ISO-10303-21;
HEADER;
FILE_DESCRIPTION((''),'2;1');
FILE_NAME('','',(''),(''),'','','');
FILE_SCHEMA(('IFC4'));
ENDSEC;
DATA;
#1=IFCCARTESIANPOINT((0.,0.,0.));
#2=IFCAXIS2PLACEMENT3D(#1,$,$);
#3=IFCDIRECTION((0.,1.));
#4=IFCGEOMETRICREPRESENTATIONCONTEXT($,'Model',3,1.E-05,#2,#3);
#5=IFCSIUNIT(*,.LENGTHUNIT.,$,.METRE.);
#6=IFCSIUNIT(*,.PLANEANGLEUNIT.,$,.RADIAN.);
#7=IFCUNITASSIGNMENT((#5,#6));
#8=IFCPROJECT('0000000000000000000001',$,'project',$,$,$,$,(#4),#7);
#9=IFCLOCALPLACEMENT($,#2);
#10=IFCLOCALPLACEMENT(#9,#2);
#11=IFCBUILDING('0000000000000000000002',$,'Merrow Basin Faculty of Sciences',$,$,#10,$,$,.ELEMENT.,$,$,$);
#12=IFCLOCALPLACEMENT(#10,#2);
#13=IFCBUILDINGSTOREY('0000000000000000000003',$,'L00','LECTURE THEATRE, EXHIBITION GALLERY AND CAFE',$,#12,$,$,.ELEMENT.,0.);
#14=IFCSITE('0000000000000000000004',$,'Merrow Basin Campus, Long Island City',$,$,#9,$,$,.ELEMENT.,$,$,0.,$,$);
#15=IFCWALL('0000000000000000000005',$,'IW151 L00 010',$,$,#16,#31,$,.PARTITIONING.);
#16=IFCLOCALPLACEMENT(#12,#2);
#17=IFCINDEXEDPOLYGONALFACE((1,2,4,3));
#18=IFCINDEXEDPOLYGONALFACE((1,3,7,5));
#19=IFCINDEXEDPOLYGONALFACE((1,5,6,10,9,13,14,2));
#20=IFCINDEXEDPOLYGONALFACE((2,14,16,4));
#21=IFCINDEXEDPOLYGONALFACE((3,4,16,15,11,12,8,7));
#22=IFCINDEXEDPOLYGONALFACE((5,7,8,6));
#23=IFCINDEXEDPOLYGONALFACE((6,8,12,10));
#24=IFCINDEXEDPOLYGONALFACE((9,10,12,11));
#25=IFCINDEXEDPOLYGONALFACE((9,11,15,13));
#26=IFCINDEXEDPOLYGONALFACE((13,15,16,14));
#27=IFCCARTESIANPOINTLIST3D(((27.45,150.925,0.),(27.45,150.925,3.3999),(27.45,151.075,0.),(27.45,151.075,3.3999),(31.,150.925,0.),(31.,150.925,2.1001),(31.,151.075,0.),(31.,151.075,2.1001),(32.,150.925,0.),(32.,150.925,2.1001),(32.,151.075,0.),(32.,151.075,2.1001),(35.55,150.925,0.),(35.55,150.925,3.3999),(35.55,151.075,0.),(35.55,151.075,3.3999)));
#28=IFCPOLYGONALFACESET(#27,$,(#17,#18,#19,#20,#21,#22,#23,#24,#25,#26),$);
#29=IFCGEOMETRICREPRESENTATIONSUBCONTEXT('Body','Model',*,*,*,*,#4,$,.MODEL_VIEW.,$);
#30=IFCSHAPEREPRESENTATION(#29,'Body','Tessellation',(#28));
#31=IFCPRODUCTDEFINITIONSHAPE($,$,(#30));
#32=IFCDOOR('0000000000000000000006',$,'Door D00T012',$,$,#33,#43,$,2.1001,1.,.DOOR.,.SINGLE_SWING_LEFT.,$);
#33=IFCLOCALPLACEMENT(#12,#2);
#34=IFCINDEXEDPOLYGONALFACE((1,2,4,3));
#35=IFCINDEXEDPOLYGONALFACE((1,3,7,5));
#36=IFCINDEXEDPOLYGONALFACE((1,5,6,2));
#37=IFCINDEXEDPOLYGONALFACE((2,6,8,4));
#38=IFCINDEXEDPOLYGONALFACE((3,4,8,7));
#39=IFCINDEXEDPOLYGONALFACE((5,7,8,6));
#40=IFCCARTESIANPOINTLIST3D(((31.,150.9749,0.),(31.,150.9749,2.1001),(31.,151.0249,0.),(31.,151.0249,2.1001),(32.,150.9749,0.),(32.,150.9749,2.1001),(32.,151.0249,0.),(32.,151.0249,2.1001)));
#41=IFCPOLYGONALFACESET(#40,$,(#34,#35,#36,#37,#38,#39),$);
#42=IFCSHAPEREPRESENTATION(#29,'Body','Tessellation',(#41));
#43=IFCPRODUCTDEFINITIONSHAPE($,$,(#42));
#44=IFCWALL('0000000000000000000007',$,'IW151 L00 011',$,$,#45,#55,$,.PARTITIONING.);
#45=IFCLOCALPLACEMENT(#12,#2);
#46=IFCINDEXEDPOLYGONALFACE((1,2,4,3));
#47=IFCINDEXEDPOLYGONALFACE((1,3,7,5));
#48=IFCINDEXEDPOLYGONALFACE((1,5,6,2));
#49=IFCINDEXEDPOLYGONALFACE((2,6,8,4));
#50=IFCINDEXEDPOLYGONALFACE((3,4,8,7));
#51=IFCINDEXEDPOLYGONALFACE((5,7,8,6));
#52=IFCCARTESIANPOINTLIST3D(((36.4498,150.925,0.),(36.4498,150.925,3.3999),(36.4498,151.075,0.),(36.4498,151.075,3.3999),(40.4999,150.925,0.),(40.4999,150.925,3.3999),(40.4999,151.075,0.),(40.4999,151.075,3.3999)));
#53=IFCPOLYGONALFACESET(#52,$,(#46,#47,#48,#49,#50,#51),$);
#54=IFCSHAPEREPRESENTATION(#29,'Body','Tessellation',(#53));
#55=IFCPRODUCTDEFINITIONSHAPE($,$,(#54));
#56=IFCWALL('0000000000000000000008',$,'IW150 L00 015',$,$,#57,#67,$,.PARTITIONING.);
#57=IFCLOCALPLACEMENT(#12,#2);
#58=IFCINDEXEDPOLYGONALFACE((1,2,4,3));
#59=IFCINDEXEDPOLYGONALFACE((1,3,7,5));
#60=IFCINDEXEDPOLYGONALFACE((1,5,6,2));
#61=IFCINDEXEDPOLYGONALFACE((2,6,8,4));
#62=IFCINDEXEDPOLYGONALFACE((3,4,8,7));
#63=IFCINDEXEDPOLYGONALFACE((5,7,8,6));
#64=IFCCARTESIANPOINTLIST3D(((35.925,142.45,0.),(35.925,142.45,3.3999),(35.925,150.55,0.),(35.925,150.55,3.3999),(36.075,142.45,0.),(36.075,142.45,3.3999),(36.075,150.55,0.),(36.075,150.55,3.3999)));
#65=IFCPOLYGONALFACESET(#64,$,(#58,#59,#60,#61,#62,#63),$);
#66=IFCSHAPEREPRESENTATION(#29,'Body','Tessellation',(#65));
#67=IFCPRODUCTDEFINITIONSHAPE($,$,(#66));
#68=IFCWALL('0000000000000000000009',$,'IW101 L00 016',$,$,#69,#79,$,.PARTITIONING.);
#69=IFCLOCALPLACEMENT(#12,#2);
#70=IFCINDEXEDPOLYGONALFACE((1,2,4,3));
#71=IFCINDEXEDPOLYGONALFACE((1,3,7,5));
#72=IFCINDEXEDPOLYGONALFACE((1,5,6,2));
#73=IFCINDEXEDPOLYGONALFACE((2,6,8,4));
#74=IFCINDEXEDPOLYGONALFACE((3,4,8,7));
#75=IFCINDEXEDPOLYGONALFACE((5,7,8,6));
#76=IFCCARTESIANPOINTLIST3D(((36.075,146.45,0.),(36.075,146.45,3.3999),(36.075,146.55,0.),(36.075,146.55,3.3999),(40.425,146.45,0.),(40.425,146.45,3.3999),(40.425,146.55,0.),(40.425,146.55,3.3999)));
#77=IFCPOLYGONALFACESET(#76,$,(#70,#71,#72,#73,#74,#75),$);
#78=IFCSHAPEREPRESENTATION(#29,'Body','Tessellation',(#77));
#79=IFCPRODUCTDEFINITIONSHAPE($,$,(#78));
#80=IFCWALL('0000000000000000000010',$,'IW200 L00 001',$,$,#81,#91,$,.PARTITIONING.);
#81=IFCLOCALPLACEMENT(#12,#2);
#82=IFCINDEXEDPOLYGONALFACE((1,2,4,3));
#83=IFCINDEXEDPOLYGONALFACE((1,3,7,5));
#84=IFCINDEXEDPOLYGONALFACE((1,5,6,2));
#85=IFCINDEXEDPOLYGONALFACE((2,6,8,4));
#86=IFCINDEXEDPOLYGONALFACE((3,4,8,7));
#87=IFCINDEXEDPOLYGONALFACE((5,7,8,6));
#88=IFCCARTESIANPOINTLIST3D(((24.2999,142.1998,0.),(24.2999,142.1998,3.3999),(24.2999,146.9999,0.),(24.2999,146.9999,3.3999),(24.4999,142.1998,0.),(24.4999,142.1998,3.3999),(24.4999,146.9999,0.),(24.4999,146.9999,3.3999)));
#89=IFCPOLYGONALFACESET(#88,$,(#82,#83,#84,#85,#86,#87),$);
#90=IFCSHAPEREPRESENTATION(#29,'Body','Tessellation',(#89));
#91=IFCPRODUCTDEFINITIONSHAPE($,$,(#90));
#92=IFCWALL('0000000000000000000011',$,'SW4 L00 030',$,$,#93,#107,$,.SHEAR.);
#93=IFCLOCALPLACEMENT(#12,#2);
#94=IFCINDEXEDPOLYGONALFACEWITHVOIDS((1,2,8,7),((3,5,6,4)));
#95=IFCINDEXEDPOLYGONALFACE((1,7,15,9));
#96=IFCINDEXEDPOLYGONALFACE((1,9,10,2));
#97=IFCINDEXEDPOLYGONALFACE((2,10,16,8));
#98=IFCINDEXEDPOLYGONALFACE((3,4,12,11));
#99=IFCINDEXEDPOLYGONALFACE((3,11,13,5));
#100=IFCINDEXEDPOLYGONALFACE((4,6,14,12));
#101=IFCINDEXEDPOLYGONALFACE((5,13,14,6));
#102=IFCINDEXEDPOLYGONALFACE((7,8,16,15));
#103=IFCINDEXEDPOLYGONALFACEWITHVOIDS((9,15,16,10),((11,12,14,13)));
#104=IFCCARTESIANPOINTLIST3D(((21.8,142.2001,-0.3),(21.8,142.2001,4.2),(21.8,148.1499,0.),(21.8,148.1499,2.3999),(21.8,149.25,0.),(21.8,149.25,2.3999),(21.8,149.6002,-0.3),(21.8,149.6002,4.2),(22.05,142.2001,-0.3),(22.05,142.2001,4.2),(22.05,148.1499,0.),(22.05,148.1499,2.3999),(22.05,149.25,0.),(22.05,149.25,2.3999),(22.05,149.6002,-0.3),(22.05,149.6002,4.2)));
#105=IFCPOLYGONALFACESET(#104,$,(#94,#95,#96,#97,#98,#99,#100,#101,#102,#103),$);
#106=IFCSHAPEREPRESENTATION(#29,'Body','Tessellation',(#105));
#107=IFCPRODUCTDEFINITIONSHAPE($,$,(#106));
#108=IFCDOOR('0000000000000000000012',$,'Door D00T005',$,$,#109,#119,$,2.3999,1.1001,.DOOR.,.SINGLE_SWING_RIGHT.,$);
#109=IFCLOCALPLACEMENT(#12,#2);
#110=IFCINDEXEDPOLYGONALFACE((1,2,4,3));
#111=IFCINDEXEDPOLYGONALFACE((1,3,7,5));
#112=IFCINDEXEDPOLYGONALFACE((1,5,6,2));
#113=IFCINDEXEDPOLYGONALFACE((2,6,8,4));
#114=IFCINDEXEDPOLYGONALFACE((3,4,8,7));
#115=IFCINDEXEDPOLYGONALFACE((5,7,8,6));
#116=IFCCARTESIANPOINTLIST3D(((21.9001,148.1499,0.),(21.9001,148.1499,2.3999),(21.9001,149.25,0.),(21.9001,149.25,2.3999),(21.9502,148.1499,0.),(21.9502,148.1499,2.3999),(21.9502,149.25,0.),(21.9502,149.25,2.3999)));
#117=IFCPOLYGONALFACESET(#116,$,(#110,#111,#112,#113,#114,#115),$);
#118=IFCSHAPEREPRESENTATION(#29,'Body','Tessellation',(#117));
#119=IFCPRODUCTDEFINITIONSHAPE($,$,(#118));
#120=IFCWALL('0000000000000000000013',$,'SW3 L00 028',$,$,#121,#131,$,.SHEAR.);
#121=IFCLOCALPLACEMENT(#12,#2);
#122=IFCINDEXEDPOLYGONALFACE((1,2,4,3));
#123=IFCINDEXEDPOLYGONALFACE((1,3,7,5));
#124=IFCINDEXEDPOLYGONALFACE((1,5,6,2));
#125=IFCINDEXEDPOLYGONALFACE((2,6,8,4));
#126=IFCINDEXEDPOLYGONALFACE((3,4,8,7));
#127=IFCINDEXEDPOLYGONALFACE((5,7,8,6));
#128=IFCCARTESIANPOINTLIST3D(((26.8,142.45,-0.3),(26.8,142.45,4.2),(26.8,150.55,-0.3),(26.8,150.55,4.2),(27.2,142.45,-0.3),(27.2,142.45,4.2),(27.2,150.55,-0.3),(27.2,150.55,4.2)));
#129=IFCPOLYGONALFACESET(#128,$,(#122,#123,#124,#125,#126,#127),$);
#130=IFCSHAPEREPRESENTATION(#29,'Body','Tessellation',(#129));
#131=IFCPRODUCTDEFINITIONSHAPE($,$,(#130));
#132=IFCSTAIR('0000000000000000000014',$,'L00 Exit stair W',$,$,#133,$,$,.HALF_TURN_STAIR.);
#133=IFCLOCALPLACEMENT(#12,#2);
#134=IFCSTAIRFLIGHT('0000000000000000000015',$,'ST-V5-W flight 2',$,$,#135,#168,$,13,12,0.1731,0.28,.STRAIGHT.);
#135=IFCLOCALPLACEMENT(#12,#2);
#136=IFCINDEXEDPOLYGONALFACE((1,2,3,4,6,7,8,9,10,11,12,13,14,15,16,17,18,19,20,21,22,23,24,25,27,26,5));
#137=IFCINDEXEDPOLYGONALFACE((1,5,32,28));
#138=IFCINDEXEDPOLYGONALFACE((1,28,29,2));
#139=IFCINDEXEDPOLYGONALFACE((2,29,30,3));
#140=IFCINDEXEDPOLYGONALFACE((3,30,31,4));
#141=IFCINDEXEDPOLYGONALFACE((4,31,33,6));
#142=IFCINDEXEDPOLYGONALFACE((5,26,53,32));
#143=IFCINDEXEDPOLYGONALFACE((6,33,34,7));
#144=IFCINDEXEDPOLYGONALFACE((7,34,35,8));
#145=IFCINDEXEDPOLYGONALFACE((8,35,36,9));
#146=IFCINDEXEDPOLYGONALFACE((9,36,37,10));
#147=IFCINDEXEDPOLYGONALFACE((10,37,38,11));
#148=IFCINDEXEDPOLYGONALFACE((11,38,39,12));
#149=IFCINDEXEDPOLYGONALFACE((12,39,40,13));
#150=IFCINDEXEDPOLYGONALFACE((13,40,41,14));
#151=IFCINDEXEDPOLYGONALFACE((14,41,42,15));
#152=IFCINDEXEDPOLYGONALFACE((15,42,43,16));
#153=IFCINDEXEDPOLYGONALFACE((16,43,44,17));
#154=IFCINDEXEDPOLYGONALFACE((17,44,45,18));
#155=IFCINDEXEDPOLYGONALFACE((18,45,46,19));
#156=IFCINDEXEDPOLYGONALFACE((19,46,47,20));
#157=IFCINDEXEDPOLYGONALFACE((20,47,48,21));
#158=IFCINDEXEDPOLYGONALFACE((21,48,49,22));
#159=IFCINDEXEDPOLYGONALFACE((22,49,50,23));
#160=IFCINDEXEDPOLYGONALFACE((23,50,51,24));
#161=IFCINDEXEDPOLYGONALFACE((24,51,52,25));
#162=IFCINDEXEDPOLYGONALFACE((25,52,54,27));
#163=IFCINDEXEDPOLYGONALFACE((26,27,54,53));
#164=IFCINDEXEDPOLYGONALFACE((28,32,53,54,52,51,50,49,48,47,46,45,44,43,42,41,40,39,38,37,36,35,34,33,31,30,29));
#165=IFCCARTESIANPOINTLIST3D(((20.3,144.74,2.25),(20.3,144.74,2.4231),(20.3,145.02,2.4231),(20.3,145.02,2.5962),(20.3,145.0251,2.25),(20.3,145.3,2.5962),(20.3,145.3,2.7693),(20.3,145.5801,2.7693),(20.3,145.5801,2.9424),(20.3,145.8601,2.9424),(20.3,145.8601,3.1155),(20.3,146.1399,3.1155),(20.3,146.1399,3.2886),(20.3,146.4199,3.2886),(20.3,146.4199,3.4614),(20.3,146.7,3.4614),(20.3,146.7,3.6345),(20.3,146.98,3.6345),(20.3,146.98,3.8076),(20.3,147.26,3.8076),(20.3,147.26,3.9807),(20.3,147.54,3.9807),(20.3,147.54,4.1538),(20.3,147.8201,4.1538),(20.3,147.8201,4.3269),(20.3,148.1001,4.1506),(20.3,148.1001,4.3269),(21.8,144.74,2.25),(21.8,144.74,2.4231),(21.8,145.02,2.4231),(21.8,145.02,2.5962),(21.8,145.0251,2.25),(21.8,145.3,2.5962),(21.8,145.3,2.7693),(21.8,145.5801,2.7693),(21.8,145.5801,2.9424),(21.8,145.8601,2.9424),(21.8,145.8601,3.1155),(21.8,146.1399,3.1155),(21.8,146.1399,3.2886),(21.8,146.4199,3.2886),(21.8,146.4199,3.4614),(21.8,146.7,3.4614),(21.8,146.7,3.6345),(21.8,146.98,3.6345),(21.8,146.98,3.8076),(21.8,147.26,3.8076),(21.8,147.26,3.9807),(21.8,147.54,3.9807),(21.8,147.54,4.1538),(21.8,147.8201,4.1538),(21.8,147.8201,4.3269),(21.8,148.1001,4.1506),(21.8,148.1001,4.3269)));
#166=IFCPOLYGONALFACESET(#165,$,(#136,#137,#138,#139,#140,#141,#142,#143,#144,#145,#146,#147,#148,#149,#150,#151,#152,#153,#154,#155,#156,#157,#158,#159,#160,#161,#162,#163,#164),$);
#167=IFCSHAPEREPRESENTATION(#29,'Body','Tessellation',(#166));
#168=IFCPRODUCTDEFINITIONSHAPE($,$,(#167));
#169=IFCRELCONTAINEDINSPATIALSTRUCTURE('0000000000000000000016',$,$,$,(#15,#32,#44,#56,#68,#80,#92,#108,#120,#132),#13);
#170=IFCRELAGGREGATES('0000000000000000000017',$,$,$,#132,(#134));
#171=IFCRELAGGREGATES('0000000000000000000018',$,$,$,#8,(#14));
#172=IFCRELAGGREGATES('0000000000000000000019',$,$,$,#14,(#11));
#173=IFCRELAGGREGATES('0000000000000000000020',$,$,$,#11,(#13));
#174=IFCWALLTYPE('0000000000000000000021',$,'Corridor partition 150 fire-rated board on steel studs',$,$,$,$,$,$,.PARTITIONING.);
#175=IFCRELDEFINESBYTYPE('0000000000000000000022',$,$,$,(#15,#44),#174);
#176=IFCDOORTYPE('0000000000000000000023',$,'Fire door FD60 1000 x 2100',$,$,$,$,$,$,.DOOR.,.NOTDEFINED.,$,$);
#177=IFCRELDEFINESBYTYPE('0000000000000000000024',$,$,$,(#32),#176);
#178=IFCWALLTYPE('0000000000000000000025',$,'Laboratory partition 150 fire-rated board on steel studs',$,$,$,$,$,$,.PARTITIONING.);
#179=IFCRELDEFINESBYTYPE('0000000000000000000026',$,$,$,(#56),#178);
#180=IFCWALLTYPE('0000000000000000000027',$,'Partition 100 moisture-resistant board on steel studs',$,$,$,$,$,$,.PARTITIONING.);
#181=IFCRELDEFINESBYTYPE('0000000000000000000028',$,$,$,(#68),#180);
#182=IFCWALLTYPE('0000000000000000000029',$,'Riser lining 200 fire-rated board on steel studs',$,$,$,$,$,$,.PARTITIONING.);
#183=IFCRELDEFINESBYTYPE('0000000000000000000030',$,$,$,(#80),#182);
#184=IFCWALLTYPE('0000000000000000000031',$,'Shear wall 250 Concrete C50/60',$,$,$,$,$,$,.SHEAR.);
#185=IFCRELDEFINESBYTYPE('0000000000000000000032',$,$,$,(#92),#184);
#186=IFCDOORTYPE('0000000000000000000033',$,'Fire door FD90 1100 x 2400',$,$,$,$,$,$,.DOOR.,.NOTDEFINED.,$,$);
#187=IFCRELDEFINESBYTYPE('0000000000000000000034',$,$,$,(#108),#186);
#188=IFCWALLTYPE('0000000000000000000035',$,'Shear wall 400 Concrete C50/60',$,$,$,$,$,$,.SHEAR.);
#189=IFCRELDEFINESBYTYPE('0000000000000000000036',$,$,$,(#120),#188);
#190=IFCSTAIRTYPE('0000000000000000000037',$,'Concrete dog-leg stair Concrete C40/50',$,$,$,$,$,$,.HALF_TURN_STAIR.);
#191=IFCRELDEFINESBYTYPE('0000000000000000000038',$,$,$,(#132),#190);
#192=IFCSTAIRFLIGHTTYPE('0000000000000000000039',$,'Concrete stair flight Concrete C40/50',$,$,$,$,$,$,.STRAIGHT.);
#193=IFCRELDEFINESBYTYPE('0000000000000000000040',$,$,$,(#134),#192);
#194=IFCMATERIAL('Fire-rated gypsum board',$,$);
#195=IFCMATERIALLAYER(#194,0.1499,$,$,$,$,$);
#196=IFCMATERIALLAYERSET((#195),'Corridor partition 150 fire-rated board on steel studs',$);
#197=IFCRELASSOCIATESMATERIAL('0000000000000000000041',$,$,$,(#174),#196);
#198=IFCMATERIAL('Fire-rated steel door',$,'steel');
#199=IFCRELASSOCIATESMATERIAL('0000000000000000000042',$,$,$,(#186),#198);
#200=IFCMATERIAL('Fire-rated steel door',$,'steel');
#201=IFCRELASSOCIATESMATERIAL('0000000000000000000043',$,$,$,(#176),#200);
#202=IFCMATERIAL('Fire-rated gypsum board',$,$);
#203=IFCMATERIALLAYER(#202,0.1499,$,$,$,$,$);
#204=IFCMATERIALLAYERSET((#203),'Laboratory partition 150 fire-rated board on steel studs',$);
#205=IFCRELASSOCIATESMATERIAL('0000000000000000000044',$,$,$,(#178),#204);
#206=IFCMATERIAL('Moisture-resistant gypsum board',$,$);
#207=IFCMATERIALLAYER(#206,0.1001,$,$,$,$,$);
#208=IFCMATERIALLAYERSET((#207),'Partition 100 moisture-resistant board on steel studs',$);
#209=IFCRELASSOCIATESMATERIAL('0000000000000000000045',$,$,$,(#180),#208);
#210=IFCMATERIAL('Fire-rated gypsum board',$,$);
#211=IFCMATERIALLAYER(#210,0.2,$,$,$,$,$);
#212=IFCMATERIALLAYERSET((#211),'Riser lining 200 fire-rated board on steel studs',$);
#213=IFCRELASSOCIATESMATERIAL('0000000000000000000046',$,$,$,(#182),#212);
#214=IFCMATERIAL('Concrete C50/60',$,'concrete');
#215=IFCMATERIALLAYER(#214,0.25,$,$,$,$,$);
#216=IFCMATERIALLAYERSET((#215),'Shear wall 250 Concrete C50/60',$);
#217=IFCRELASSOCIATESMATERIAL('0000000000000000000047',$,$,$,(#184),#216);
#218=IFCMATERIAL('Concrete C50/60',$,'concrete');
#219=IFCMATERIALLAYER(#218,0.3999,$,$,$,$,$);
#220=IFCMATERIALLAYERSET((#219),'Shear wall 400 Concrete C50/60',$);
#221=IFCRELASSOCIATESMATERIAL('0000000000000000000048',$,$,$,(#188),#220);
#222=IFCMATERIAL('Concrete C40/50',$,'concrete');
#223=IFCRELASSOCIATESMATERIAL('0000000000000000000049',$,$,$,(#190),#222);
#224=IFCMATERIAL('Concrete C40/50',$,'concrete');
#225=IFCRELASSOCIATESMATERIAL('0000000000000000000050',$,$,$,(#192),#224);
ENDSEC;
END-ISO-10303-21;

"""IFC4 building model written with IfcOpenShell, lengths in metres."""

from ifc_helpers import new_model, si_unit, direction, frame, frame_2d, origin, place, context, subcontext, project, spatial, polyline, rectangle, outline, extrude, material, layer, layer_set, type_object, element, fill, aggregate, save


model = new_model("IFC4")

# Units and contexts
model_context = context("Model", 3, precision=1e-05, world=origin(), true_north=direction((0.0, 1.0)))
body_context = subcontext(model_context, "Body", "Model", "MODEL_VIEW")
ifc_project = project(units=[si_unit("LENGTHUNIT", "METRE"), si_unit("PLANEANGLEUNIT", "RADIAN")], contexts=[model_context])

# Site, building, storey
site_placement = place(None, origin())
site = spatial("IfcSite", under=ifc_project, at=site_placement, Name="Merrow Basin Campus, Long Island City", CompositionType="ELEMENT", RefElevation=0.0)
building_placement = place(site_placement, origin())
building = spatial("IfcBuilding", under=site, at=building_placement, Name="Merrow Basin Faculty of Sciences", CompositionType="ELEMENT")
storey_placement = place(building_placement, origin())
storey = spatial("IfcBuildingStorey", under=building, at=storey_placement, Name="L00", Description="LECTURE THEATRE, EXHIBITION GALLERY AND CAFE", CompositionType="ELEMENT", Elevation=0.0)

# Shared definitions
ifc_material_1 = material(Name="Fire-rated gypsum board")
ifc_layer_1 = layer(ifc_material_1, 0.1499)
ifc_layer_set_1 = layer_set([ifc_layer_1], Name="Corridor partition 150 fire-rated board on steel studs")
wall_type_1 = type_object("IfcWallType", Name="Corridor partition 150 fire-rated board on steel studs", PredefinedType="PARTITIONING", material=ifc_layer_set_1)

# Wall, opening, door
ifc_material_2 = material(Name="Fire-rated steel door", Category="steel")
door_type_1 = type_object("IfcDoorType", Name="Fire door FD90 1100 x 2400", OperationType="NOTDEFINED", PredefinedType="DOOR", material=ifc_material_2)
wall_1_placement = place(storey_placement, frame((27.45, 151.0, 0.0), z_axis=(0.0, 0.0, 1.0), x_axis=(1.0, 0.0, 0.0)))
wall_1 = element("IfcWall", 1, at=wall_1_placement, inside=storey, type_object=wall_type_1, Name="IW151 L00 010", PredefinedType="PARTITIONING", context=body_context, shape_type="SweptSolid", body=[
    extrude(rectangle(XDim=8.1001, YDim=0.1499, at=frame_2d((4.05, 0.0))), origin(), (0.0, 0.0, 1.0), 3.3999),
])
opening_1_placement = place(wall_1_placement, frame((3.55, 0.0, 0.0)))
opening_1 = element("IfcOpeningElement", 2, at=opening_1_placement, cuts=wall_1, PredefinedType="OPENING", context=body_context, shape_type="SweptSolid", body=[
    extrude(rectangle(XDim=1.0, YDim=2.1001, at=frame_2d((0.5, 1.05))), frame((0.0, 0.085, 0.0), z_axis=(0.0, -1.0, 0.0), x_axis=(1.0, 0.0, 0.0)), (0.0, 0.0, 1.0), 0.1699),
])
ifc_material_3 = material(Name="Fire-rated steel door", Category="steel")
door_type_2 = type_object("IfcDoorType", Name="Fire door FD60 1000 x 2100", OperationType="NOTDEFINED", PredefinedType="DOOR", material=ifc_material_3)
door_1_placement = place(opening_1_placement, origin())
door_1 = element("IfcDoor", 3, at=door_1_placement, inside=storey, type_object=door_type_2, Name="Door D00T012", OperationType="SINGLE_SWING_LEFT", OverallHeight=2.1001, OverallWidth=1.0, PredefinedType="DOOR", context=body_context, shape_type="SweptSolid", body=[
    extrude(rectangle(XDim=1.0, YDim=2.1001, at=frame_2d((0.5, 1.05))), frame((0.0, 0.0249, 0.0), z_axis=(0.0, -1.0, 0.0), x_axis=(1.0, 0.0, 0.0)), (0.0, 0.0, 1.0), 0.05),
])
fill(opening_1, door_1)

# Walls
wall_2_placement = place(storey_placement, frame((36.45, 151.0, 0.0), z_axis=(0.0, 0.0, 1.0), x_axis=(1.0, 0.0, 0.0)))
element("IfcWall", 4, at=wall_2_placement, inside=storey, type_object=wall_type_1, Name="IW151 L00 011", PredefinedType="PARTITIONING", context=body_context, shape_type="SweptSolid", body=[
    extrude(rectangle(XDim=4.05, YDim=0.1499, at=frame_2d((2.0249, 0.0))), origin(), (0.0, 0.0, 1.0), 3.3999),
])
ifc_material_4 = material(Name="Fire-rated gypsum board")
ifc_layer_2 = layer(ifc_material_4, 0.1499)
ifc_layer_set_2 = layer_set([ifc_layer_2], Name="Laboratory partition 150 fire-rated board on steel studs")
wall_type_2 = type_object("IfcWallType", Name="Laboratory partition 150 fire-rated board on steel studs", PredefinedType="PARTITIONING", material=ifc_layer_set_2)
wall_3_placement = place(storey_placement, frame((36.0, 142.45, 0.0), z_axis=(0.0, 0.0, 1.0), x_axis=(0.0, 1.0, 0.0)))
element("IfcWall", 5, at=wall_3_placement, inside=storey, type_object=wall_type_2, Name="IW150 L00 015", PredefinedType="PARTITIONING", context=body_context, shape_type="SweptSolid", body=[
    extrude(rectangle(XDim=8.1001, YDim=0.1499, at=frame_2d((4.05, 0.0))), origin(), (0.0, 0.0, 1.0), 3.3999),
])
ifc_material_5 = material(Name="Moisture-resistant gypsum board")
ifc_layer_3 = layer(ifc_material_5, 0.1001)
ifc_layer_set_3 = layer_set([ifc_layer_3], Name="Partition 100 moisture-resistant board on steel studs")
wall_type_3 = type_object("IfcWallType", Name="Partition 100 moisture-resistant board on steel studs", PredefinedType="PARTITIONING", material=ifc_layer_set_3)
wall_4_placement = place(storey_placement, frame((36.075, 146.5, 0.0), z_axis=(0.0, 0.0, 1.0), x_axis=(1.0, 0.0, 0.0)))
element("IfcWall", 6, at=wall_4_placement, inside=storey, type_object=wall_type_3, Name="IW101 L00 016", PredefinedType="PARTITIONING", context=body_context, shape_type="SweptSolid", body=[
    extrude(rectangle(XDim=4.3501, YDim=0.1001, at=frame_2d((2.175, 0.0))), origin(), (0.0, 0.0, 1.0), 3.3999),
])
ifc_material_6 = material(Name="Fire-rated gypsum board")
ifc_layer_4 = layer(ifc_material_6, 0.2)
ifc_layer_set_4 = layer_set([ifc_layer_4], Name="Riser lining 200 fire-rated board on steel studs")
wall_type_4 = type_object("IfcWallType", Name="Riser lining 200 fire-rated board on steel studs", PredefinedType="PARTITIONING", material=ifc_layer_set_4)
wall_5_placement = place(storey_placement, frame((24.3999, 142.2, 0.0), z_axis=(0.0, 0.0, 1.0), x_axis=(0.0, 1.0, 0.0)))
element("IfcWall", 7, at=wall_5_placement, inside=storey, type_object=wall_type_4, Name="IW200 L00 001", PredefinedType="PARTITIONING", context=body_context, shape_type="SweptSolid", body=[
    extrude(rectangle(XDim=4.8, YDim=0.2, at=frame_2d((2.3999, 0.0))), origin(), (0.0, 0.0, 1.0), 3.3999),
])

# Wall, opening, door
ifc_material_7 = material(Name="Concrete C50/60", Category="concrete")
ifc_layer_5 = layer(ifc_material_7, 0.25)
ifc_layer_set_5 = layer_set([ifc_layer_5], Name="Shear wall 250 Concrete C50/60")
wall_type_5 = type_object("IfcWallType", Name="Shear wall 250 Concrete C50/60", PredefinedType="SHEAR", material=ifc_layer_set_5)
wall_6_placement = place(storey_placement, frame((21.925, 142.2, -0.3), z_axis=(0.0, 0.0, 1.0), x_axis=(0.0, 1.0, 0.0)))
wall_6 = element("IfcWall", 8, at=wall_6_placement, inside=storey, type_object=wall_type_5, Name="SW4 L00 030", PredefinedType="SHEAR", context=body_context, shape_type="SweptSolid", body=[
    extrude(rectangle(XDim=7.4001, YDim=0.25, at=frame_2d((3.7002, 0.0))), origin(), (0.0, 0.0, 1.0), 4.5),
])
opening_2_placement = place(wall_6_placement, frame((5.95, 0.0, 0.3)))
opening_2 = element("IfcOpeningElement", 9, at=opening_2_placement, cuts=wall_6, PredefinedType="OPENING", context=body_context, shape_type="SweptSolid", body=[
    extrude(rectangle(XDim=1.1001, YDim=2.3999, at=frame_2d((0.55, 1.2))), frame((0.0, 0.135, 0.0), z_axis=(0.0, -1.0, 0.0), x_axis=(1.0, 0.0, 0.0)), (0.0, 0.0, 1.0), 0.27),
])
door_2_placement = place(opening_2_placement, origin())
door_2 = element("IfcDoor", 10, at=door_2_placement, inside=storey, type_object=door_type_1, Name="Door D00T005", OperationType="SINGLE_SWING_RIGHT", OverallHeight=2.3999, OverallWidth=1.1001, PredefinedType="DOOR", context=body_context, shape_type="SweptSolid", body=[
    extrude(rectangle(XDim=1.1001, YDim=2.3999, at=frame_2d((0.55, 1.2))), frame((0.0, 0.0249, 0.0), z_axis=(0.0, -1.0, 0.0), x_axis=(1.0, 0.0, 0.0)), (0.0, 0.0, 1.0), 0.05),
])
fill(opening_2, door_2)

# Wall
ifc_material_8 = material(Name="Concrete C50/60", Category="concrete")
ifc_layer_6 = layer(ifc_material_8, 0.3999)
ifc_layer_set_6 = layer_set([ifc_layer_6], Name="Shear wall 400 Concrete C50/60")
wall_type_6 = type_object("IfcWallType", Name="Shear wall 400 Concrete C50/60", PredefinedType="SHEAR", material=ifc_layer_set_6)
wall_7_placement = place(storey_placement, frame((27.0, 142.45, -0.3), z_axis=(0.0, 0.0, 1.0), x_axis=(0.0, 1.0, 0.0)))
element("IfcWall", 11, at=wall_7_placement, inside=storey, type_object=wall_type_6, Name="SW3 L00 028", PredefinedType="SHEAR", context=body_context, shape_type="SweptSolid", body=[
    extrude(rectangle(XDim=8.1001, YDim=0.3999, at=frame_2d((4.05, 0.0))), origin(), (0.0, 0.0, 1.0), 4.5),
])

# Stair, stair flight
ifc_material_9 = material(Name="Concrete C40/50", Category="concrete")
stair_type = type_object("IfcStairType", Name="Concrete dog-leg stair Concrete C40/50", PredefinedType="HALF_TURN_STAIR", material=ifc_material_9)
stair_placement = place(storey_placement, origin())
stair = element("IfcStair", 12, at=stair_placement, inside=storey, type_object=stair_type, Name="L00 Exit stair W", PredefinedType="HALF_TURN_STAIR")
ifc_material_10 = material(Name="Concrete C40/50", Category="concrete")
stair_flight_type = type_object("IfcStairFlightType", Name="Concrete stair flight Concrete C40/50", PredefinedType="STRAIGHT", material=ifc_material_10)
stair_flight_placement = place(storey_placement, frame((21.05, 144.74, 2.25), z_axis=(0.0, 0.0, 1.0), x_axis=(0.0, 1.0, 0.0)))
stair_flight = element("IfcStairFlight", 13, at=stair_flight_placement, type_object=stair_flight_type, Name="ST-V5-W flight 2", NumberOfRisers=13, NumberOfTreads=12, PredefinedType="STRAIGHT", RiserHeight=0.1731, TreadLength=0.28, context=body_context, shape_type="SweptSolid", body=[
    extrude(outline(polyline([(0.0, 0.0), (0.0, 0.1731), (0.28, 0.1731), (0.28, 0.3462), (0.5601, 0.3462), (0.5601, 0.5193), (0.8401, 0.5193), (0.8401, 0.6924), (1.1201, 0.6924), (1.1201, 0.8655), (1.3999, 0.8655), (1.3999, 1.0386), (1.6799, 1.0386), (1.6799, 1.2114), (1.96, 1.2114), (1.96, 1.3845), (2.24, 1.3845), (2.24, 1.5576), (2.52, 1.5576), (2.52, 1.7307), (2.8, 1.7307), (2.8, 1.9038), (3.0801, 1.9038), (3.0801, 2.0769), (3.3601, 2.0769), (3.3601, 2.25), (3.3601, 1.9006), (0.2852, 0.0), (0.0, 0.0)])), frame((0.0, 0.75, 0.0), z_axis=(0.0, -1.0, 0.0), x_axis=(1.0, 0.0, 0.0)), (0.0, 0.0, 1.0), 1.5),
])
aggregate(stair, [stair_flight])

save(model, "model.ifc")
